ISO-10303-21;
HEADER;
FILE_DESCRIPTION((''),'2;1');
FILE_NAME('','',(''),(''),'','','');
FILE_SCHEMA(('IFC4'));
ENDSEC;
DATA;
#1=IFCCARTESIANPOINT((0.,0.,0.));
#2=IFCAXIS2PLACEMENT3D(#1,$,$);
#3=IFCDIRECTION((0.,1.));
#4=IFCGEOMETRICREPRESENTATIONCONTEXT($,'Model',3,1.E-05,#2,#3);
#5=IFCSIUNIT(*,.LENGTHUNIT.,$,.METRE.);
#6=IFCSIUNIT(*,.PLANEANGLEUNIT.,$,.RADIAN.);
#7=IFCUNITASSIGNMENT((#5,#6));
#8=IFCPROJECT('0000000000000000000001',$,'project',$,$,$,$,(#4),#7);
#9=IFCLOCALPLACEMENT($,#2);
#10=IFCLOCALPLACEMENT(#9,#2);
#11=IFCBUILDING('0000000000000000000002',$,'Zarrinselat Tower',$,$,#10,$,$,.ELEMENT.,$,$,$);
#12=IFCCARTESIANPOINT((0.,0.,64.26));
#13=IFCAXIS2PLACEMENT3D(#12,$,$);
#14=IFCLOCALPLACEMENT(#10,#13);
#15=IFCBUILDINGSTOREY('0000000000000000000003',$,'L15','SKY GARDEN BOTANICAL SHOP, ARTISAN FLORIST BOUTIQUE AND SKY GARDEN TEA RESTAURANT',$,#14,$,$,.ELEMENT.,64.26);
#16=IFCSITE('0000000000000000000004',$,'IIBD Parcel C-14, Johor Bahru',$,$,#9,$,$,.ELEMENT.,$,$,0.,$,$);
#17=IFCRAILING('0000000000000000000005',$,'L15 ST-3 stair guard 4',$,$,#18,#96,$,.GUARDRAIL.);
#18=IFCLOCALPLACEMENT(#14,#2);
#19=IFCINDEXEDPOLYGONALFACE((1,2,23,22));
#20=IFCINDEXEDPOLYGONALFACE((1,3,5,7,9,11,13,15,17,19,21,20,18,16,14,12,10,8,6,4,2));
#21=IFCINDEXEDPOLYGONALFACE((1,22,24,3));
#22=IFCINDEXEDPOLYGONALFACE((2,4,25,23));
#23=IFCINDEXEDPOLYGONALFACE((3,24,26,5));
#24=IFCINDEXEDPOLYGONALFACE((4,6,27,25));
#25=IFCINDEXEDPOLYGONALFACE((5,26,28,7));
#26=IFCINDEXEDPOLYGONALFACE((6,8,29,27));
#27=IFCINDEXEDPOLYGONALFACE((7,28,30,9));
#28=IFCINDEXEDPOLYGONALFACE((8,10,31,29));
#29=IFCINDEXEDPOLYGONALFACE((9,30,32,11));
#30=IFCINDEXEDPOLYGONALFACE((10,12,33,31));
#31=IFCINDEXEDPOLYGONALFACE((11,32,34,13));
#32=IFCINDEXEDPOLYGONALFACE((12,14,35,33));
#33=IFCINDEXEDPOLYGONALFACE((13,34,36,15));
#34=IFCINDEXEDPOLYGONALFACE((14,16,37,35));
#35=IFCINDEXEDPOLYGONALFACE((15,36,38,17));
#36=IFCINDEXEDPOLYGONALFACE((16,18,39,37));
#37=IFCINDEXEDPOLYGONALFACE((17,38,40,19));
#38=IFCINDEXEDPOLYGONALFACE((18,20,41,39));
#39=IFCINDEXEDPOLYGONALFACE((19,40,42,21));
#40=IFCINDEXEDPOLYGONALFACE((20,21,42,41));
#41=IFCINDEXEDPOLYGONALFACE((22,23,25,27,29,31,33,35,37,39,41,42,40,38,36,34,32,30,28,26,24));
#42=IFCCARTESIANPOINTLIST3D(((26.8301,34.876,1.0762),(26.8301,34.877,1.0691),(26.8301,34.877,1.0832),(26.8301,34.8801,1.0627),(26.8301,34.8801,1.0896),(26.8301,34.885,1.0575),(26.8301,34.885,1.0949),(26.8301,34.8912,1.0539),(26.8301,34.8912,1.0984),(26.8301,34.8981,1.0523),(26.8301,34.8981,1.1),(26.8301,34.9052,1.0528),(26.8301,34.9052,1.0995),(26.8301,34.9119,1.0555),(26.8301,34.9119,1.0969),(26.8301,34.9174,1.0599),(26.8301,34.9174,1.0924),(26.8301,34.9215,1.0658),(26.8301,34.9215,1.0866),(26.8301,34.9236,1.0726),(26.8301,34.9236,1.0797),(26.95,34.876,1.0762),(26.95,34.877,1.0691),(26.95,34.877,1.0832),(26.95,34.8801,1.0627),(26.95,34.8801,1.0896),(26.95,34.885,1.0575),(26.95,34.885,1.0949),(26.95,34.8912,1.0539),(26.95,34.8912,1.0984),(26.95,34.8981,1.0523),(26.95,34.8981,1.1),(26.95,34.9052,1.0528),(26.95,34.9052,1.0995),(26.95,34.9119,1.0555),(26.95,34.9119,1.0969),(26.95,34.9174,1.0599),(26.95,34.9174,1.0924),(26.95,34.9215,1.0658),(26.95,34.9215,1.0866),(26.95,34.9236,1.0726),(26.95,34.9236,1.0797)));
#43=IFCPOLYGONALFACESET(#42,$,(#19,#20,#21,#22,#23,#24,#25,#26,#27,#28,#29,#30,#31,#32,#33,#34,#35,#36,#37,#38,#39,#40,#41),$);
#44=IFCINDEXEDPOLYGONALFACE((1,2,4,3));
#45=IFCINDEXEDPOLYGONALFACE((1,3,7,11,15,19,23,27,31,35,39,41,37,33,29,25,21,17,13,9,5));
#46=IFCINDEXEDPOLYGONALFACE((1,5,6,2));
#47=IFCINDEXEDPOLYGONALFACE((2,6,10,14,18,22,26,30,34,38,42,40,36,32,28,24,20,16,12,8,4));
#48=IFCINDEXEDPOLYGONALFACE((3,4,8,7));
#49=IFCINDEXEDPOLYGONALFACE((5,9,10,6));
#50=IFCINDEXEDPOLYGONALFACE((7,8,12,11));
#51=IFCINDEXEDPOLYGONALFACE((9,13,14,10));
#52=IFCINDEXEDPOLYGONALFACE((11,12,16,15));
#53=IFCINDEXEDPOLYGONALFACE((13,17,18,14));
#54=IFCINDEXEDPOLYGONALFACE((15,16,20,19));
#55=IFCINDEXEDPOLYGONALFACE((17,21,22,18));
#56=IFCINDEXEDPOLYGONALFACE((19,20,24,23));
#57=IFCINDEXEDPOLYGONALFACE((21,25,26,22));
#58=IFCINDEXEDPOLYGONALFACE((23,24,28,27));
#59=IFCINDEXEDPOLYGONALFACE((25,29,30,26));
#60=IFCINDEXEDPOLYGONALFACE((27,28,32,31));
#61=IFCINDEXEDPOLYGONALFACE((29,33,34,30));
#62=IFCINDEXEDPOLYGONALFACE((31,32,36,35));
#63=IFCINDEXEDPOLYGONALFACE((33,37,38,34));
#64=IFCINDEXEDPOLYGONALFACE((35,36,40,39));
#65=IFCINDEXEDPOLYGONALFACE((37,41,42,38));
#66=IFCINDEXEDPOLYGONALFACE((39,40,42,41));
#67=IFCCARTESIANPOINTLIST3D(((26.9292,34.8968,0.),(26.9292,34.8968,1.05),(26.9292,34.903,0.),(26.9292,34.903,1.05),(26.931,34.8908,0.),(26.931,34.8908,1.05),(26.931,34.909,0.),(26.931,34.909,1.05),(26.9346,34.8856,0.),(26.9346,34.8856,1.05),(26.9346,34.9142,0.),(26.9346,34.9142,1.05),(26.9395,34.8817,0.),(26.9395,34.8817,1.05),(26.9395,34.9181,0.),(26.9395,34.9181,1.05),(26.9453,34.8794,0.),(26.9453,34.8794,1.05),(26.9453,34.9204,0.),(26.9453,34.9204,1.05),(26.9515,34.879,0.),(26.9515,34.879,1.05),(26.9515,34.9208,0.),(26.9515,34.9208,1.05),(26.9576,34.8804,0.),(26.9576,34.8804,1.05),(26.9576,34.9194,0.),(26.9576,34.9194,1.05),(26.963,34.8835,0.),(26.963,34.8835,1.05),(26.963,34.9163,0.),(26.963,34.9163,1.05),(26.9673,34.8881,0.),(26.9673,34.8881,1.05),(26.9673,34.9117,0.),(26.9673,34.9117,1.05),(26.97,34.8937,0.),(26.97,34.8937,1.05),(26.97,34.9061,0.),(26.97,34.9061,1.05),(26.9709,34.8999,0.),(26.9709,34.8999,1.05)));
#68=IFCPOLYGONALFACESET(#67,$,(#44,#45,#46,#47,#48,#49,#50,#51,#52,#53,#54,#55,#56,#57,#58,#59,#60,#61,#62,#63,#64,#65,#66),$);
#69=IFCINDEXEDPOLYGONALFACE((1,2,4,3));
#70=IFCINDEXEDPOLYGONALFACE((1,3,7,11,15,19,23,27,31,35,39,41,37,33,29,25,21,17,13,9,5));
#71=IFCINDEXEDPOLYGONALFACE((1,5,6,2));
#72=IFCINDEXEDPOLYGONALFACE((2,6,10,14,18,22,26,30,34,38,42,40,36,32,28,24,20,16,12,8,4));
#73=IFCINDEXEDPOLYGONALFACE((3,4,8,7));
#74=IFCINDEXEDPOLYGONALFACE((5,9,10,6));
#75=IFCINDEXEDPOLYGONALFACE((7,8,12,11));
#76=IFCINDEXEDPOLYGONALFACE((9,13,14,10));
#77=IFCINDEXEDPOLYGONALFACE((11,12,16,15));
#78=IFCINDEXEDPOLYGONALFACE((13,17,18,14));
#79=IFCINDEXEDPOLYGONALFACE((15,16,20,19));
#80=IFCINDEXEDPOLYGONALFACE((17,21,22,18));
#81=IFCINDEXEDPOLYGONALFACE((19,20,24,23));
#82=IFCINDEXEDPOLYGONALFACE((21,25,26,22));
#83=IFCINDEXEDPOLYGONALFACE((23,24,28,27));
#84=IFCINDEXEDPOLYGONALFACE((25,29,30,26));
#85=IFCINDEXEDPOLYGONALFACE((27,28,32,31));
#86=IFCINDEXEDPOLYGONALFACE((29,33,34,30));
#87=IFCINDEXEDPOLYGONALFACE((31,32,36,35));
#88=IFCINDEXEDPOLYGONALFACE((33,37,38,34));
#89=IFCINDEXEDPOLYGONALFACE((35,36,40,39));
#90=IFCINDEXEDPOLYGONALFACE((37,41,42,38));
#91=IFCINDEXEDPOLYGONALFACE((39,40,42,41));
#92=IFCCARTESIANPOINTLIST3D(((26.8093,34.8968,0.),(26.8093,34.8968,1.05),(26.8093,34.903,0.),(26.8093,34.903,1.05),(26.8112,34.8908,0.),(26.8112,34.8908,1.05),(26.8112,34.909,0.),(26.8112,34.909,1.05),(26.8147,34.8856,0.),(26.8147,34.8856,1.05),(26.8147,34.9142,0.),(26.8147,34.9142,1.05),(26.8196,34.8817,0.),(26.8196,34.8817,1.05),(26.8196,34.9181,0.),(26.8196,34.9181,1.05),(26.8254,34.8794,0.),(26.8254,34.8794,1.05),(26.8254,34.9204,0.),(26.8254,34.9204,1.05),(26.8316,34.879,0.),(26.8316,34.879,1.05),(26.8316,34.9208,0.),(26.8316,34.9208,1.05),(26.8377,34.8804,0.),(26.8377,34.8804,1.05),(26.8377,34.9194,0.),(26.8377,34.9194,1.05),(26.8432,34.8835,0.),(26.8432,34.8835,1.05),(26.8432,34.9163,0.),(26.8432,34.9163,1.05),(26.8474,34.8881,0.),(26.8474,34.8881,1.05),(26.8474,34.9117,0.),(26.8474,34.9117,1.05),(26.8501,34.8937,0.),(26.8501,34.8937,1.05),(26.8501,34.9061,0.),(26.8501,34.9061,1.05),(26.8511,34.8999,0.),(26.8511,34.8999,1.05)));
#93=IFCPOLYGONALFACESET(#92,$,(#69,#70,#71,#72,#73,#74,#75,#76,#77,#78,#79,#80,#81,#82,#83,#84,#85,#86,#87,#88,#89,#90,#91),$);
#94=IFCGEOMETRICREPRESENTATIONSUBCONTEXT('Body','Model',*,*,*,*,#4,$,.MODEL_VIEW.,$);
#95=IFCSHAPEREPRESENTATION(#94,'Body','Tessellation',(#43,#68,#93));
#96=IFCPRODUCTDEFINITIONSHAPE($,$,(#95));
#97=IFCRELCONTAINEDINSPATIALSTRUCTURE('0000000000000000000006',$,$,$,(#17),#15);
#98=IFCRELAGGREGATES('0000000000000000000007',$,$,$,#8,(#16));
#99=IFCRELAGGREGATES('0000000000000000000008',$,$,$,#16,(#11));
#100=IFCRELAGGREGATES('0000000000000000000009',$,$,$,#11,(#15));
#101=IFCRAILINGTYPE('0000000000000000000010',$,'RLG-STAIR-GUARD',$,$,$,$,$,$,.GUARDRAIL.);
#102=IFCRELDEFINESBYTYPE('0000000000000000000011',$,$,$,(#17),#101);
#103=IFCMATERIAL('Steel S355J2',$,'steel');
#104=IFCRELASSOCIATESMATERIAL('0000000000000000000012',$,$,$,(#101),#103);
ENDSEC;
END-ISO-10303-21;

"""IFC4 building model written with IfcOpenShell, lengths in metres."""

from ifc_helpers import new_model, si_unit, direction, frame, origin, origin_2d, place, context, subcontext, project, spatial, circle, extrude, material, type_object, element, save


model = new_model("IFC4")

# Units and contexts
model_context = context("Model", 3, precision=1e-05, world=origin(), true_north=direction((0.0, 1.0)))
body_context = subcontext(model_context, "Body", "Model", "MODEL_VIEW")
ifc_project = project(units=[si_unit("LENGTHUNIT", "METRE"), si_unit("PLANEANGLEUNIT", "RADIAN")], contexts=[model_context])

# Site, building, storey
site_placement = place(None, origin())
site = spatial("IfcSite", under=ifc_project, at=site_placement, Name="IIBD Parcel C-14, Johor Bahru", CompositionType="ELEMENT", RefElevation=0.0)
building_placement = place(site_placement, origin())
building = spatial("IfcBuilding", under=site, at=building_placement, Name="Zarrinselat Tower", CompositionType="ELEMENT")
storey_placement = place(building_placement, frame((0.0, 0.0, 64.26)))
storey = spatial("IfcBuildingStorey", under=building, at=storey_placement, Name="L15", Description="SKY GARDEN BOTANICAL SHOP, ARTISAN FLORIST BOUTIQUE AND SKY GARDEN TEA RESTAURANT", CompositionType="ELEMENT", Elevation=64.26)

# Railing
ifc_material_1 = material(Name="Steel S355J2", Category="steel")
railing_type = type_object("IfcRailingType", Name="RLG-STAIR-GUARD", PredefinedType="GUARDRAIL", material=ifc_material_1)
railing_1_placement = place(storey_placement, frame((26.95, 34.8999, 0.0)))
element("IfcRailing", 1, at=railing_1_placement, inside=storey, type_object=railing_type, Name="L15 ST-3 stair guard 4", PredefinedType="GUARDRAIL", context=body_context, shape_type="SweptSolid", body=[
    extrude(circle(Radius=0.0239, at=origin_2d()), frame((0.0, 0.0, 1.0762), z_axis=(-1.0, 0.0, 0.0), x_axis=(0.0, -1.0, 0.0)), (0.0, 0.0, 1.0), 0.1199),
    extrude(circle(Radius=0.021, at=origin_2d()), origin(), (0.0, 0.0, 1.0), 1.05),
    extrude(circle(Radius=0.021, at=origin_2d()), frame((-0.1199, 0.0, 0.0)), (0.0, 0.0, 1.0), 1.05),
])

save(model, "model.ifc")
